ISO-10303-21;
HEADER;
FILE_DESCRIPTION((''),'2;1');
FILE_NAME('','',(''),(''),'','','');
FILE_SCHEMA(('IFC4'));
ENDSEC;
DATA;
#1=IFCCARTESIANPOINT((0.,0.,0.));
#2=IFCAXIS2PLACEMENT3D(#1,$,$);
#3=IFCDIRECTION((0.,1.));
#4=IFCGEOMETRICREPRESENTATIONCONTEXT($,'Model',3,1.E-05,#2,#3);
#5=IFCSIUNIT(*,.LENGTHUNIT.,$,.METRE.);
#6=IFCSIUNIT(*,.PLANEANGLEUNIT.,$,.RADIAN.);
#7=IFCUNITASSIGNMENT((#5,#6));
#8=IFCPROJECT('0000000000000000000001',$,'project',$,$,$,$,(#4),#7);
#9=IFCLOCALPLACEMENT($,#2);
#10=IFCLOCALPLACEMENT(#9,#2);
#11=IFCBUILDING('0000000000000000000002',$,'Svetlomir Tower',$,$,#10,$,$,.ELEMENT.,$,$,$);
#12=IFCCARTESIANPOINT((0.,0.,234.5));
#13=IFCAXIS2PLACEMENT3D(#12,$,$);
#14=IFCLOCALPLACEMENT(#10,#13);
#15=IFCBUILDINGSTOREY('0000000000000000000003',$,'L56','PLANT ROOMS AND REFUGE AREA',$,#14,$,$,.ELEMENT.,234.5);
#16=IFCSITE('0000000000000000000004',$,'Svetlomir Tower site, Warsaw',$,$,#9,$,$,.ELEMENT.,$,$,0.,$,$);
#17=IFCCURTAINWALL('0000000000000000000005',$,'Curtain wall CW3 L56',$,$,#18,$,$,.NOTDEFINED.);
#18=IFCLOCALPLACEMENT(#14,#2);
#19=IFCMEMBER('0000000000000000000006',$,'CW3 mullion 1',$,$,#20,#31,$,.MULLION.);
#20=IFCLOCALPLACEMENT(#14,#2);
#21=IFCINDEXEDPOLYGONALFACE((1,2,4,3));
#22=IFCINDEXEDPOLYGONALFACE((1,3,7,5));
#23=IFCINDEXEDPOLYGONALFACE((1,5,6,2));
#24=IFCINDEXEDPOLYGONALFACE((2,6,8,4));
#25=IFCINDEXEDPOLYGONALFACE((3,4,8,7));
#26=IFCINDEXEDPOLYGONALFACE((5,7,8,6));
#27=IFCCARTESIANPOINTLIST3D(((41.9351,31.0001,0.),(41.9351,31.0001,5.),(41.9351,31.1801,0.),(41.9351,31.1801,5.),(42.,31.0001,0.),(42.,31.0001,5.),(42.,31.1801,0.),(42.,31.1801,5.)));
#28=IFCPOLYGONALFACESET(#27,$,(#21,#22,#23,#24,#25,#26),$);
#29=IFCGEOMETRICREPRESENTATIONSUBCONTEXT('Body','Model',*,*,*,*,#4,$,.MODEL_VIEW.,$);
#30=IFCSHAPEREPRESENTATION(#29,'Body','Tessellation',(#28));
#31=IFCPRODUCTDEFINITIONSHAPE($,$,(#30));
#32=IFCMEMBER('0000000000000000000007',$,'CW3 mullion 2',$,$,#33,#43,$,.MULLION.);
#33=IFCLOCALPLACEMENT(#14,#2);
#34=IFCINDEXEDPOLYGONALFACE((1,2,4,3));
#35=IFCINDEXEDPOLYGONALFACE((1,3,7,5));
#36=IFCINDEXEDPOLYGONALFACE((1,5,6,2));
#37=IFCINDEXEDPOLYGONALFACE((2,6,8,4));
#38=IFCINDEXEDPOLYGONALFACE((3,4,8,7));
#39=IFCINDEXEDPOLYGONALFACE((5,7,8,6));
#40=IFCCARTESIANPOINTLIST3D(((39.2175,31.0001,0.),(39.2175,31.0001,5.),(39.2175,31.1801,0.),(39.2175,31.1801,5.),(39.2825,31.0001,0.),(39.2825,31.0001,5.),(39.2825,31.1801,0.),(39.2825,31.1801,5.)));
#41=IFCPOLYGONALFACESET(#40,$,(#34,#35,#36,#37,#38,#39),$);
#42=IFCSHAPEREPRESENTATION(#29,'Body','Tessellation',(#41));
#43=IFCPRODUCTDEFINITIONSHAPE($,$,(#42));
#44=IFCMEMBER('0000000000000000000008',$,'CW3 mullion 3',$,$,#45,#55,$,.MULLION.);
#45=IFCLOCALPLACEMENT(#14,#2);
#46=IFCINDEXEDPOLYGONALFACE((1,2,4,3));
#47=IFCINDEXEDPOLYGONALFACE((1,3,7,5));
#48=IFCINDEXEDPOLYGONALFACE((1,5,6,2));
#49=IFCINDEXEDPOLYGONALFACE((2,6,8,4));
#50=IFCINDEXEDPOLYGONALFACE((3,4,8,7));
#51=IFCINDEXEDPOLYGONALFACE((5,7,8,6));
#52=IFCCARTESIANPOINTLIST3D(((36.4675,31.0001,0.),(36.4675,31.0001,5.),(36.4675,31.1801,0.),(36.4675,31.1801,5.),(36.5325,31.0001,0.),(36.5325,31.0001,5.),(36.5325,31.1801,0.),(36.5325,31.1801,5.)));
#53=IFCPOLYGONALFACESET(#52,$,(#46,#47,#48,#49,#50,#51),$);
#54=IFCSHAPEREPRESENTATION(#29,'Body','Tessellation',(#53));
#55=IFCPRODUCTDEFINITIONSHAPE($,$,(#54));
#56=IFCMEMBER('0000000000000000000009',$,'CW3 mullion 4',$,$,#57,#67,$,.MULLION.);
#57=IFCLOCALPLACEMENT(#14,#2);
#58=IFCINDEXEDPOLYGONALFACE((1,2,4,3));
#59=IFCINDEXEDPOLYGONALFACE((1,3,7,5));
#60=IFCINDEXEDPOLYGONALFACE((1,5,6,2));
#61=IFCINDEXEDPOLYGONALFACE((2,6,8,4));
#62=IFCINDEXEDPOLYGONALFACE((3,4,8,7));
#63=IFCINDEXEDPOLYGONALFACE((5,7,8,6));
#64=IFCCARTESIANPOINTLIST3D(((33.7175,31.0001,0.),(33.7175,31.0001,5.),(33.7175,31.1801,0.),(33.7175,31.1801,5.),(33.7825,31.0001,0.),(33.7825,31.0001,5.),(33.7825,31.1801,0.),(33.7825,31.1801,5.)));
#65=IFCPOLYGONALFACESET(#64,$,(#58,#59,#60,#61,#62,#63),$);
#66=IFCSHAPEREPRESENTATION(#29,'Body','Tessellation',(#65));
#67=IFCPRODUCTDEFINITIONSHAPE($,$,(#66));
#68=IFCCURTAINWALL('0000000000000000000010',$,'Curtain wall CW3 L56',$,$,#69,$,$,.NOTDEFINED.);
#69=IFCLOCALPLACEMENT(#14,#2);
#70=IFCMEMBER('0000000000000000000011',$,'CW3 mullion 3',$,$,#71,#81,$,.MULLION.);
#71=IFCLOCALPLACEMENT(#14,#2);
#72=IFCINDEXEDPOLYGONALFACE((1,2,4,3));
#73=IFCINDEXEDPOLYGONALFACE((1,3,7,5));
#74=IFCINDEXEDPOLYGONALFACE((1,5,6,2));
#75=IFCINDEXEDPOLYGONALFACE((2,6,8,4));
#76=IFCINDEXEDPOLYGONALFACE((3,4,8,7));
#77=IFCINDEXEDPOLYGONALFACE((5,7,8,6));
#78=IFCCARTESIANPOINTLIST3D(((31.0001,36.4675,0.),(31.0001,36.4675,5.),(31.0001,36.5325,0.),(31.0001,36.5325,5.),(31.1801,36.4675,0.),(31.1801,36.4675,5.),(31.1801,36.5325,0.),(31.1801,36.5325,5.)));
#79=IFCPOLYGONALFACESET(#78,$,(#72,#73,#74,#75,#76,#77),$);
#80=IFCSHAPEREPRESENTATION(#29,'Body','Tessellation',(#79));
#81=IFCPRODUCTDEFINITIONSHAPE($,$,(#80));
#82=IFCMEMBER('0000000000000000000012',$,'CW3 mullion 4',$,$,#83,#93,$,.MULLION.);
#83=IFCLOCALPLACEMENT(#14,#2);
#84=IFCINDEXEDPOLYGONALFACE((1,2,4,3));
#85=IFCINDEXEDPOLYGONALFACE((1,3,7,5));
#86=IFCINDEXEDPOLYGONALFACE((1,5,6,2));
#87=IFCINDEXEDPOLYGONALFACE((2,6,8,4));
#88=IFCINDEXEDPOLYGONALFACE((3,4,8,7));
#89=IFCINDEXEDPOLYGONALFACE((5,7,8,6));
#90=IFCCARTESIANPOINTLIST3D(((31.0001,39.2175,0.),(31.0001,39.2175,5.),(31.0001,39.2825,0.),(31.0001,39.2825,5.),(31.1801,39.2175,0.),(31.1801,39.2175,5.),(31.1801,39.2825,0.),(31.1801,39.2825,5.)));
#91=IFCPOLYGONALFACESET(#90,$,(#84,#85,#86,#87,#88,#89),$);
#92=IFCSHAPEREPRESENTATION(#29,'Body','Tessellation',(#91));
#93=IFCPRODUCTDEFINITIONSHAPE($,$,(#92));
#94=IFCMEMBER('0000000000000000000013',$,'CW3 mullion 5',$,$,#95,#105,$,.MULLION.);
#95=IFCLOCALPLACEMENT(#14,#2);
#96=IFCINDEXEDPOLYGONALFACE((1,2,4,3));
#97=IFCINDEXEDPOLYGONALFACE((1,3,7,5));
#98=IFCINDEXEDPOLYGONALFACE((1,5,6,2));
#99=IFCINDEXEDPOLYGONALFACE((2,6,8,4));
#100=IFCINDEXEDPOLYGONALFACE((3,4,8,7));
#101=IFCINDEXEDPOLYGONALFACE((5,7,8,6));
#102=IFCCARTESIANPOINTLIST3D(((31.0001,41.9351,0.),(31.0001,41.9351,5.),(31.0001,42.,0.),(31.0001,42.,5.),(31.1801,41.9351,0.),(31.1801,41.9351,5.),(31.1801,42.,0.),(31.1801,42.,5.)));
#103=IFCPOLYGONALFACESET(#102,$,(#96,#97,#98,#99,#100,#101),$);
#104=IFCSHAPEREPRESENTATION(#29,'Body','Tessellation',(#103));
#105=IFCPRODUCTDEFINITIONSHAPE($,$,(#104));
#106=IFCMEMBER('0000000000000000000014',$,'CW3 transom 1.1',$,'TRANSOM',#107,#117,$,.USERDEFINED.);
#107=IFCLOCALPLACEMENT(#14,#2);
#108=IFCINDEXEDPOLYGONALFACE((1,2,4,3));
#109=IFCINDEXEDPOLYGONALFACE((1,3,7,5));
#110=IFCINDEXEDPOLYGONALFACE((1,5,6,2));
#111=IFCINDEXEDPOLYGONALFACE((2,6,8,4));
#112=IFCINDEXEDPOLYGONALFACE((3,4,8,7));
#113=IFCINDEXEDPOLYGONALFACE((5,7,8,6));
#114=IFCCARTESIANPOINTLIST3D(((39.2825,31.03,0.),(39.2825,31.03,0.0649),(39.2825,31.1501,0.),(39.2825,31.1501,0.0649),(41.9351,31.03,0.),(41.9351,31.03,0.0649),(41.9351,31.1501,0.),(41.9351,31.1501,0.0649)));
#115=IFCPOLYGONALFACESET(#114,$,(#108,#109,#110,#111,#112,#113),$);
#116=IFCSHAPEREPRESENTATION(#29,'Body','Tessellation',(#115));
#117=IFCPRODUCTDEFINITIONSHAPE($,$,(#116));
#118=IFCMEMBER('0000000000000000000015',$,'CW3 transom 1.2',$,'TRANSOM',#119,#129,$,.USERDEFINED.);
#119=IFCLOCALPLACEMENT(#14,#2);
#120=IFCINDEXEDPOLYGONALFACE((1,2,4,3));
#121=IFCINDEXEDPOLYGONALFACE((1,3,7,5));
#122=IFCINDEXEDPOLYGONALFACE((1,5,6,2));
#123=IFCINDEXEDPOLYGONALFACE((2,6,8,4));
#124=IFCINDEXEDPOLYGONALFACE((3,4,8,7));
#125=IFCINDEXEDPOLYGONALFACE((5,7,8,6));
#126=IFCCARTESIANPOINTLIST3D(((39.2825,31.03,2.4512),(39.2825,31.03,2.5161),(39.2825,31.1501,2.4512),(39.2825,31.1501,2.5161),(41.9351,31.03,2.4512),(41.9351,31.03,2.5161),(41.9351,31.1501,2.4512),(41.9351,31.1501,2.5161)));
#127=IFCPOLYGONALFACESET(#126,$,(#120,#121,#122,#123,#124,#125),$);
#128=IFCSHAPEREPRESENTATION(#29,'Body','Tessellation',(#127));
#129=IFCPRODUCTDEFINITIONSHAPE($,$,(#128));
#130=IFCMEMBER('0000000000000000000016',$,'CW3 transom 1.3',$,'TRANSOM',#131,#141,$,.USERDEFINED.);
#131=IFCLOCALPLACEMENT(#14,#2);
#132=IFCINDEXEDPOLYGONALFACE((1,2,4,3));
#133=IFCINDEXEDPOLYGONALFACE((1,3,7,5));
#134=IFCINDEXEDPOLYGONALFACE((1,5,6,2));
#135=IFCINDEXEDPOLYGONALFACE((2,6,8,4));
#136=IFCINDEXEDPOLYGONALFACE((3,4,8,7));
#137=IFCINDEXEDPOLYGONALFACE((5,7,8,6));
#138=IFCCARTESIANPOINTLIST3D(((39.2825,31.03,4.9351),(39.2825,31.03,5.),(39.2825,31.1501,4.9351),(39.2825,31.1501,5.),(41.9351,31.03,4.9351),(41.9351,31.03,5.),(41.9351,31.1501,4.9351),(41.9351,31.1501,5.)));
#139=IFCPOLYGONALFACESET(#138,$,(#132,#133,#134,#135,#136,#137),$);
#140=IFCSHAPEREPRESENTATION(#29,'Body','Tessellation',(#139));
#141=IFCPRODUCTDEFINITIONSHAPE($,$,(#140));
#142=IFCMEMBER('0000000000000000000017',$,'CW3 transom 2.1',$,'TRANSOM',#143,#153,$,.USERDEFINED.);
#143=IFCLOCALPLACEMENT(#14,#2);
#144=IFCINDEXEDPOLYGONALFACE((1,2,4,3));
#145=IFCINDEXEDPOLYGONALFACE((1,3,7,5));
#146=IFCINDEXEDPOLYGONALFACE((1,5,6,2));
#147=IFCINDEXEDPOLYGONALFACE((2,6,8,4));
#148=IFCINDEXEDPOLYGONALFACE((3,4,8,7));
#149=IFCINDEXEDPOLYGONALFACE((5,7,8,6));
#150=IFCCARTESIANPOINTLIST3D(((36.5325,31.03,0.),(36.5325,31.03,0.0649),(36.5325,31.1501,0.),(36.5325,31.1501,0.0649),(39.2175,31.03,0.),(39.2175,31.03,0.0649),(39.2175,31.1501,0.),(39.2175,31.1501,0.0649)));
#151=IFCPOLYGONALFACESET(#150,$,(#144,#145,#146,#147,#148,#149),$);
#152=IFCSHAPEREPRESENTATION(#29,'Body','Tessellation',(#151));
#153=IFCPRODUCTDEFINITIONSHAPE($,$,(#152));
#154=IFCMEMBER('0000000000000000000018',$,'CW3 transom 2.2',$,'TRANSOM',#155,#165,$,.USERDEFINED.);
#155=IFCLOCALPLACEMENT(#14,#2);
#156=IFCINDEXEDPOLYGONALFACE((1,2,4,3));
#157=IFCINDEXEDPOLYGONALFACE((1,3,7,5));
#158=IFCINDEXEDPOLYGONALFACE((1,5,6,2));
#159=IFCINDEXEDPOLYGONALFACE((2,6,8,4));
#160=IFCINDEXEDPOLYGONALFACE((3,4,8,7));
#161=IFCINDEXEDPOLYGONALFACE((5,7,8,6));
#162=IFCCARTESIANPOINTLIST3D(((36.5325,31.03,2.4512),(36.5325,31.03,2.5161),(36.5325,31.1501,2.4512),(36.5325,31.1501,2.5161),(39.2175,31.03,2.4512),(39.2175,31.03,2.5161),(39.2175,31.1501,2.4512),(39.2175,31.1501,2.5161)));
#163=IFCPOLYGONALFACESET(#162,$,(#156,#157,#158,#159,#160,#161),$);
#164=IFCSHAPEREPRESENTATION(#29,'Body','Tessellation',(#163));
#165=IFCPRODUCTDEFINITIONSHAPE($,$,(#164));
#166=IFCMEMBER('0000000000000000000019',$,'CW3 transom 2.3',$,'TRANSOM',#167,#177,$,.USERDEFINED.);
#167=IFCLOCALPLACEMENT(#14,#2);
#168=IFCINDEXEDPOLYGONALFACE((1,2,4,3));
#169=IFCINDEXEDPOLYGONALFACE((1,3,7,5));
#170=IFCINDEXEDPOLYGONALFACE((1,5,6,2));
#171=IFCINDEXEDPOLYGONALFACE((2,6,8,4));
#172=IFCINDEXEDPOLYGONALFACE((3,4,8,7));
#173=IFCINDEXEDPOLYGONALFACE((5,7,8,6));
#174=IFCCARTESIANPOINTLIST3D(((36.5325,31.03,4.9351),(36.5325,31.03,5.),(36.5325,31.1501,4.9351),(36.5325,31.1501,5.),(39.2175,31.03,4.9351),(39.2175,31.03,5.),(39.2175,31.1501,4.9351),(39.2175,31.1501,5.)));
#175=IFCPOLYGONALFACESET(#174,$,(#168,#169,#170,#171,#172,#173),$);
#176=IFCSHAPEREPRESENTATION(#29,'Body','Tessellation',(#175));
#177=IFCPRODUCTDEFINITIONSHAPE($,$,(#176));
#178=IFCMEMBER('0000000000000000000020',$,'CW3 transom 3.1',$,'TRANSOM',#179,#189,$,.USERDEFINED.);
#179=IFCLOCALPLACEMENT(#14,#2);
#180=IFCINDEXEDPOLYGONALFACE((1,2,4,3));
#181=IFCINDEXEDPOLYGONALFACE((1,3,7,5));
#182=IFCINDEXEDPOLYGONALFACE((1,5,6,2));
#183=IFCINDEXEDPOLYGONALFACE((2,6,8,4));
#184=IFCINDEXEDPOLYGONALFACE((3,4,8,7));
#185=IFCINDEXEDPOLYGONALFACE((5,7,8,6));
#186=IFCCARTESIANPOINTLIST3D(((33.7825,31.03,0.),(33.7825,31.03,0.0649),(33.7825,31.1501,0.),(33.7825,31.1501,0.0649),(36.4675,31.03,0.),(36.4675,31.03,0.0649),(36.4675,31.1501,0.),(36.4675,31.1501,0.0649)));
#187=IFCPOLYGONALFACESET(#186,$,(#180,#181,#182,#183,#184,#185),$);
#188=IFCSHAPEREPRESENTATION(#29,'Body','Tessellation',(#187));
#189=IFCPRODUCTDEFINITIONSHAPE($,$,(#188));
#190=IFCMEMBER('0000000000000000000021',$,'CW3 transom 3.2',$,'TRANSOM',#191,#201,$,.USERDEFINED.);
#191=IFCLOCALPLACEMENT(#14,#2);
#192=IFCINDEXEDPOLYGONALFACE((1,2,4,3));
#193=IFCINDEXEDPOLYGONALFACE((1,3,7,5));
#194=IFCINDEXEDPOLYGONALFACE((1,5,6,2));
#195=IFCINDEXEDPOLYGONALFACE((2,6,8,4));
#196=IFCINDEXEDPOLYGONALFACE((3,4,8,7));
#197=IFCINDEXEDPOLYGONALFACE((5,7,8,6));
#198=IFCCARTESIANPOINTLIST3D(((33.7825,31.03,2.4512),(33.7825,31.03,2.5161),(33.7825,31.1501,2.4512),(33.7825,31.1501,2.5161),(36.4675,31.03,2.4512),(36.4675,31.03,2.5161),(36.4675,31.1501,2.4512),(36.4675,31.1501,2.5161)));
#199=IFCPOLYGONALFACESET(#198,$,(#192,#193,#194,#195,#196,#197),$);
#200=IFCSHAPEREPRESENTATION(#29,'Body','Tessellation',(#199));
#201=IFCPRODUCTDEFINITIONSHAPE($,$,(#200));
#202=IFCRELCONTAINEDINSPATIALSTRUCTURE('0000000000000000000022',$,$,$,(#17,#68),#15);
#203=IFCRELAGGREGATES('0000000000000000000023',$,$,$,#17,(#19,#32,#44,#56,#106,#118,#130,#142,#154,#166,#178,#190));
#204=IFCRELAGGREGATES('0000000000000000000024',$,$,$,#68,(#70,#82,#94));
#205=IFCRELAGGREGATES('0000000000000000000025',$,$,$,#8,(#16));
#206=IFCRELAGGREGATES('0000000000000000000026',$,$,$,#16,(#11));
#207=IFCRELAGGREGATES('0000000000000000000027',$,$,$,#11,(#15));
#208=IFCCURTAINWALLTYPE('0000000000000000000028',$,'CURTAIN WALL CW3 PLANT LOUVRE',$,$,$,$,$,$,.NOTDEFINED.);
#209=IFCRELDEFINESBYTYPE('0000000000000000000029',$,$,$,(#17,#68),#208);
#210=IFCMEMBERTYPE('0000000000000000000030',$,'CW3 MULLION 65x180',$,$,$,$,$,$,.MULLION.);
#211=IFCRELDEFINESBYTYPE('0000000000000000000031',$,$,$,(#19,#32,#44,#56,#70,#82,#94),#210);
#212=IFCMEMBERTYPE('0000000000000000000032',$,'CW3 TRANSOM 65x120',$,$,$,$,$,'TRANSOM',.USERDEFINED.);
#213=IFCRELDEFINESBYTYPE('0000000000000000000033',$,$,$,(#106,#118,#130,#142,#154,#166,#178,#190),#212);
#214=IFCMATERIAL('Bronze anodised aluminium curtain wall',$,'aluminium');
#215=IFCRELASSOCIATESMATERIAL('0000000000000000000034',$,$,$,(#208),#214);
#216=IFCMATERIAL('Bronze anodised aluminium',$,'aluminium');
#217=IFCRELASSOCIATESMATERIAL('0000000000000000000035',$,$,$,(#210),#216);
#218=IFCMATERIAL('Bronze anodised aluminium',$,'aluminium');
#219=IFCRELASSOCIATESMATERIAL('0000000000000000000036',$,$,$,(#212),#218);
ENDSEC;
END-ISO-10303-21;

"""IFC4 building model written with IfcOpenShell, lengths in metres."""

from ifc_helpers import new_model, si_unit, direction, frame, origin, origin_2d, place, context, subcontext, project, spatial, rectangle, extrude, material, material_profile, profile_set, type_object, element, aggregate, save


model = new_model("IFC4")

# Units and contexts
model_context = context("Model", 3, precision=1e-05, world=origin(), true_north=direction((0.0, 1.0)))
body_context = subcontext(model_context, "Body", "Model", "MODEL_VIEW")
ifc_project = project(units=[si_unit("LENGTHUNIT", "METRE"), si_unit("PLANEANGLEUNIT", "RADIAN")], contexts=[model_context])

# Site, building, storey
site_placement = place(None, origin())
site = spatial("IfcSite", under=ifc_project, at=site_placement, Name="Svetlomir Tower site, Warsaw", CompositionType="ELEMENT", RefElevation=0.0)
building_placement = place(site_placement, origin())
building = spatial("IfcBuilding", under=site, at=building_placement, Name="Svetlomir Tower", CompositionType="ELEMENT")
storey_placement = place(building_placement, frame((0.0, 0.0, 234.5)))
storey = spatial("IfcBuildingStorey", under=building, at=storey_placement, Name="L56", Description="PLANT ROOMS AND REFUGE AREA", CompositionType="ELEMENT", Elevation=234.5)

# Curtain walls, members
ifc_material_1 = material(Name="Bronze anodised aluminium curtain wall", Category="aluminium")
curtain_wall_type = type_object("IfcCurtainWallType", Name="CURTAIN WALL CW3 PLANT LOUVRE", PredefinedType="NOTDEFINED", material=ifc_material_1)
curtain_wall_1_placement = place(storey_placement, origin())
curtain_wall_1 = element("IfcCurtainWall", 1, at=curtain_wall_1_placement, inside=storey, type_object=curtain_wall_type, Name="Curtain wall CW3 L56", PredefinedType="NOTDEFINED")
ifc_material_2 = material(Name="Bronze anodised aluminium", Category="aluminium")
ifc_material_profile_1 = material_profile(ifc_material_2, rectangle(XDim=0.0649, YDim=0.1799, at=origin_2d()), Name="AL 65x180")
ifc_profile_set_1 = profile_set([ifc_material_profile_1], Name="Bronze anodised aluminium 6063-T6")
member_type_1 = type_object("IfcMemberType", Name="CW3 MULLION 65x180", PredefinedType="MULLION", material=ifc_profile_set_1)
member_1_placement = place(storey_placement, frame((41.9675, 31.0901, 0.0), z_axis=(0.0, 0.0, 1.0), x_axis=(-1.0, 0.0, 0.0)))
member_1 = element("IfcMember", 2, at=member_1_placement, type_object=member_type_1, Name="CW3 mullion 1", PredefinedType="MULLION", context=body_context, shape_type="SweptSolid", body=[
    extrude(rectangle(XDim=0.0649, YDim=0.1799, at=origin_2d()), origin(), (0.0, 0.0, 1.0), 5.0),
])
member_2_placement = place(storey_placement, frame((39.25, 31.0901, 0.0), z_axis=(0.0, 0.0, 1.0), x_axis=(-1.0, 0.0, 0.0)))
member_2 = element("IfcMember", 3, at=member_2_placement, type_object=member_type_1, Name="CW3 mullion 2", PredefinedType="MULLION", context=body_context, shape_type="SweptSolid", body=[
    extrude(rectangle(XDim=0.0649, YDim=0.1799, at=origin_2d()), origin(), (0.0, 0.0, 1.0), 5.0),
])
member_3_placement = place(storey_placement, frame((36.5, 31.0901, 0.0), z_axis=(0.0, 0.0, 1.0), x_axis=(-1.0, 0.0, 0.0)))
member_3 = element("IfcMember", 4, at=member_3_placement, type_object=member_type_1, Name="CW3 mullion 3", PredefinedType="MULLION", context=body_context, shape_type="SweptSolid", body=[
    extrude(rectangle(XDim=0.0649, YDim=0.1799, at=origin_2d()), origin(), (0.0, 0.0, 1.0), 5.0),
])
member_4_placement = place(storey_placement, frame((33.75, 31.0901, 0.0), z_axis=(0.0, 0.0, 1.0), x_axis=(-1.0, 0.0, 0.0)))
member_4 = element("IfcMember", 5, at=member_4_placement, type_object=member_type_1, Name="CW3 mullion 4", PredefinedType="MULLION", context=body_context, shape_type="SweptSolid", body=[
    extrude(rectangle(XDim=0.0649, YDim=0.1799, at=origin_2d()), origin(), (0.0, 0.0, 1.0), 5.0),
])
curtain_wall_2_placement = place(storey_placement, origin())
curtain_wall_2 = element("IfcCurtainWall", 6, at=curtain_wall_2_placement, inside=storey, type_object=curtain_wall_type, Name="Curtain wall CW3 L56", PredefinedType="NOTDEFINED")
member_5_placement = place(storey_placement, frame((31.0901, 36.5, 0.0), z_axis=(0.0, 0.0, 1.0), x_axis=(0.0, 1.0, 0.0)))
member_5 = element("IfcMember", 7, at=member_5_placement, type_object=member_type_1, Name="CW3 mullion 3", PredefinedType="MULLION", context=body_context, shape_type="SweptSolid", body=[
    extrude(rectangle(XDim=0.0649, YDim=0.1799, at=origin_2d()), origin(), (0.0, 0.0, 1.0), 5.0),
])
member_6_placement = place(storey_placement, frame((31.0901, 39.25, 0.0), z_axis=(0.0, 0.0, 1.0), x_axis=(0.0, 1.0, 0.0)))
member_6 = element("IfcMember", 8, at=member_6_placement, type_object=member_type_1, Name="CW3 mullion 4", PredefinedType="MULLION", context=body_context, shape_type="SweptSolid", body=[
    extrude(rectangle(XDim=0.0649, YDim=0.1799, at=origin_2d()), origin(), (0.0, 0.0, 1.0), 5.0),
])
member_7_placement = place(storey_placement, frame((31.0901, 41.9675, 0.0), z_axis=(0.0, 0.0, 1.0), x_axis=(0.0, 1.0, 0.0)))
member_7 = element("IfcMember", 9, at=member_7_placement, type_object=member_type_1, Name="CW3 mullion 5", PredefinedType="MULLION", context=body_context, shape_type="SweptSolid", body=[
    extrude(rectangle(XDim=0.0649, YDim=0.1799, at=origin_2d()), origin(), (0.0, 0.0, 1.0), 5.0),
])

# Members
ifc_material_3 = material(Name="Bronze anodised aluminium", Category="aluminium")
ifc_material_profile_2 = material_profile(ifc_material_3, rectangle(XDim=0.1201, YDim=0.0649, at=origin_2d()), Name="AL 120x65")
ifc_profile_set_2 = profile_set([ifc_material_profile_2], Name="Bronze anodised aluminium 6063-T6")
member_type_2 = type_object("IfcMemberType", Name="CW3 TRANSOM 65x120", ElementType="TRANSOM", PredefinedType="USERDEFINED", material=ifc_profile_set_2)
member_8_placement = place(storey_placement, frame((41.9351, 31.0901, 0.0325), z_axis=(-1.0, 0.0, 0.0), x_axis=(0.0, -1.0, 0.0)))
member_8 = element("IfcMember", 10, at=member_8_placement, type_object=member_type_2, Name="CW3 transom 1.1", ObjectType="TRANSOM", PredefinedType="USERDEFINED", context=body_context, shape_type="SweptSolid", body=[
    extrude(rectangle(XDim=0.1201, YDim=0.0649, at=origin_2d()), origin(), (0.0, 0.0, 1.0), 2.6526),
])
member_9_placement = place(storey_placement, frame((41.9351, 31.0901, 2.4836), z_axis=(-1.0, 0.0, 0.0), x_axis=(0.0, -1.0, 0.0)))
member_9 = element("IfcMember", 11, at=member_9_placement, type_object=member_type_2, Name="CW3 transom 1.2", ObjectType="TRANSOM", PredefinedType="USERDEFINED", context=body_context, shape_type="SweptSolid", body=[
    extrude(rectangle(XDim=0.1201, YDim=0.0649, at=origin_2d()), origin(), (0.0, 0.0, 1.0), 2.6526),
])
member_10_placement = place(storey_placement, frame((41.9351, 31.0901, 4.9675), z_axis=(-1.0, 0.0, 0.0), x_axis=(0.0, -1.0, 0.0)))
member_10 = element("IfcMember", 12, at=member_10_placement, type_object=member_type_2, Name="CW3 transom 1.3", ObjectType="TRANSOM", PredefinedType="USERDEFINED", context=body_context, shape_type="SweptSolid", body=[
    extrude(rectangle(XDim=0.1201, YDim=0.0649, at=origin_2d()), origin(), (0.0, 0.0, 1.0), 2.6526),
])
member_11_placement = place(storey_placement, frame((39.2175, 31.0901, 0.0325), z_axis=(-1.0, 0.0, 0.0), x_axis=(0.0, -1.0, 0.0)))
member_11 = element("IfcMember", 13, at=member_11_placement, type_object=member_type_2, Name="CW3 transom 2.1", ObjectType="TRANSOM", PredefinedType="USERDEFINED", context=body_context, shape_type="SweptSolid", body=[
    extrude(rectangle(XDim=0.1201, YDim=0.0649, at=origin_2d()), origin(), (0.0, 0.0, 1.0), 2.6851),
])
member_12_placement = place(storey_placement, frame((39.2175, 31.0901, 2.4836), z_axis=(-1.0, 0.0, 0.0), x_axis=(0.0, -1.0, 0.0)))
member_12 = element("IfcMember", 14, at=member_12_placement, type_object=member_type_2, Name="CW3 transom 2.2", ObjectType="TRANSOM", PredefinedType="USERDEFINED", context=body_context, shape_type="SweptSolid", body=[
    extrude(rectangle(XDim=0.1201, YDim=0.0649, at=origin_2d()), origin(), (0.0, 0.0, 1.0), 2.6851),
])
member_13_placement = place(storey_placement, frame((39.2175, 31.0901, 4.9675), z_axis=(-1.0, 0.0, 0.0), x_axis=(0.0, -1.0, 0.0)))
member_13 = element("IfcMember", 15, at=member_13_placement, type_object=member_type_2, Name="CW3 transom 2.3", ObjectType="TRANSOM", PredefinedType="USERDEFINED", context=body_context, shape_type="SweptSolid", body=[
    extrude(rectangle(XDim=0.1201, YDim=0.0649, at=origin_2d()), origin(), (0.0, 0.0, 1.0), 2.6851),
])
member_14_placement = place(storey_placement, frame((36.4675, 31.0901, 0.0325), z_axis=(-1.0, 0.0, 0.0), x_axis=(0.0, -1.0, 0.0)))
member_14 = element("IfcMember", 16, at=member_14_placement, type_object=member_type_2, Name="CW3 transom 3.1", ObjectType="TRANSOM", PredefinedType="USERDEFINED", context=body_context, shape_type="SweptSolid", body=[
    extrude(rectangle(XDim=0.1201, YDim=0.0649, at=origin_2d()), origin(), (0.0, 0.0, 1.0), 2.6851),
])
member_15_placement = place(storey_placement, frame((36.4675, 31.0901, 2.4836), z_axis=(-1.0, 0.0, 0.0), x_axis=(0.0, -1.0, 0.0)))
member_15 = element("IfcMember", 17, at=member_15_placement, type_object=member_type_2, Name="CW3 transom 3.2", ObjectType="TRANSOM", PredefinedType="USERDEFINED", context=body_context, shape_type="SweptSolid", body=[
    extrude(rectangle(XDim=0.1201, YDim=0.0649, at=origin_2d()), origin(), (0.0, 0.0, 1.0), 2.6851),
])

aggregate(curtain_wall_1, [member_1, member_2, member_3, member_4, member_8, member_9, member_10, member_11, member_12, member_13, member_14, member_15])
aggregate(curtain_wall_2, [member_5, member_6, member_7])

save(model, "model.ifc")
